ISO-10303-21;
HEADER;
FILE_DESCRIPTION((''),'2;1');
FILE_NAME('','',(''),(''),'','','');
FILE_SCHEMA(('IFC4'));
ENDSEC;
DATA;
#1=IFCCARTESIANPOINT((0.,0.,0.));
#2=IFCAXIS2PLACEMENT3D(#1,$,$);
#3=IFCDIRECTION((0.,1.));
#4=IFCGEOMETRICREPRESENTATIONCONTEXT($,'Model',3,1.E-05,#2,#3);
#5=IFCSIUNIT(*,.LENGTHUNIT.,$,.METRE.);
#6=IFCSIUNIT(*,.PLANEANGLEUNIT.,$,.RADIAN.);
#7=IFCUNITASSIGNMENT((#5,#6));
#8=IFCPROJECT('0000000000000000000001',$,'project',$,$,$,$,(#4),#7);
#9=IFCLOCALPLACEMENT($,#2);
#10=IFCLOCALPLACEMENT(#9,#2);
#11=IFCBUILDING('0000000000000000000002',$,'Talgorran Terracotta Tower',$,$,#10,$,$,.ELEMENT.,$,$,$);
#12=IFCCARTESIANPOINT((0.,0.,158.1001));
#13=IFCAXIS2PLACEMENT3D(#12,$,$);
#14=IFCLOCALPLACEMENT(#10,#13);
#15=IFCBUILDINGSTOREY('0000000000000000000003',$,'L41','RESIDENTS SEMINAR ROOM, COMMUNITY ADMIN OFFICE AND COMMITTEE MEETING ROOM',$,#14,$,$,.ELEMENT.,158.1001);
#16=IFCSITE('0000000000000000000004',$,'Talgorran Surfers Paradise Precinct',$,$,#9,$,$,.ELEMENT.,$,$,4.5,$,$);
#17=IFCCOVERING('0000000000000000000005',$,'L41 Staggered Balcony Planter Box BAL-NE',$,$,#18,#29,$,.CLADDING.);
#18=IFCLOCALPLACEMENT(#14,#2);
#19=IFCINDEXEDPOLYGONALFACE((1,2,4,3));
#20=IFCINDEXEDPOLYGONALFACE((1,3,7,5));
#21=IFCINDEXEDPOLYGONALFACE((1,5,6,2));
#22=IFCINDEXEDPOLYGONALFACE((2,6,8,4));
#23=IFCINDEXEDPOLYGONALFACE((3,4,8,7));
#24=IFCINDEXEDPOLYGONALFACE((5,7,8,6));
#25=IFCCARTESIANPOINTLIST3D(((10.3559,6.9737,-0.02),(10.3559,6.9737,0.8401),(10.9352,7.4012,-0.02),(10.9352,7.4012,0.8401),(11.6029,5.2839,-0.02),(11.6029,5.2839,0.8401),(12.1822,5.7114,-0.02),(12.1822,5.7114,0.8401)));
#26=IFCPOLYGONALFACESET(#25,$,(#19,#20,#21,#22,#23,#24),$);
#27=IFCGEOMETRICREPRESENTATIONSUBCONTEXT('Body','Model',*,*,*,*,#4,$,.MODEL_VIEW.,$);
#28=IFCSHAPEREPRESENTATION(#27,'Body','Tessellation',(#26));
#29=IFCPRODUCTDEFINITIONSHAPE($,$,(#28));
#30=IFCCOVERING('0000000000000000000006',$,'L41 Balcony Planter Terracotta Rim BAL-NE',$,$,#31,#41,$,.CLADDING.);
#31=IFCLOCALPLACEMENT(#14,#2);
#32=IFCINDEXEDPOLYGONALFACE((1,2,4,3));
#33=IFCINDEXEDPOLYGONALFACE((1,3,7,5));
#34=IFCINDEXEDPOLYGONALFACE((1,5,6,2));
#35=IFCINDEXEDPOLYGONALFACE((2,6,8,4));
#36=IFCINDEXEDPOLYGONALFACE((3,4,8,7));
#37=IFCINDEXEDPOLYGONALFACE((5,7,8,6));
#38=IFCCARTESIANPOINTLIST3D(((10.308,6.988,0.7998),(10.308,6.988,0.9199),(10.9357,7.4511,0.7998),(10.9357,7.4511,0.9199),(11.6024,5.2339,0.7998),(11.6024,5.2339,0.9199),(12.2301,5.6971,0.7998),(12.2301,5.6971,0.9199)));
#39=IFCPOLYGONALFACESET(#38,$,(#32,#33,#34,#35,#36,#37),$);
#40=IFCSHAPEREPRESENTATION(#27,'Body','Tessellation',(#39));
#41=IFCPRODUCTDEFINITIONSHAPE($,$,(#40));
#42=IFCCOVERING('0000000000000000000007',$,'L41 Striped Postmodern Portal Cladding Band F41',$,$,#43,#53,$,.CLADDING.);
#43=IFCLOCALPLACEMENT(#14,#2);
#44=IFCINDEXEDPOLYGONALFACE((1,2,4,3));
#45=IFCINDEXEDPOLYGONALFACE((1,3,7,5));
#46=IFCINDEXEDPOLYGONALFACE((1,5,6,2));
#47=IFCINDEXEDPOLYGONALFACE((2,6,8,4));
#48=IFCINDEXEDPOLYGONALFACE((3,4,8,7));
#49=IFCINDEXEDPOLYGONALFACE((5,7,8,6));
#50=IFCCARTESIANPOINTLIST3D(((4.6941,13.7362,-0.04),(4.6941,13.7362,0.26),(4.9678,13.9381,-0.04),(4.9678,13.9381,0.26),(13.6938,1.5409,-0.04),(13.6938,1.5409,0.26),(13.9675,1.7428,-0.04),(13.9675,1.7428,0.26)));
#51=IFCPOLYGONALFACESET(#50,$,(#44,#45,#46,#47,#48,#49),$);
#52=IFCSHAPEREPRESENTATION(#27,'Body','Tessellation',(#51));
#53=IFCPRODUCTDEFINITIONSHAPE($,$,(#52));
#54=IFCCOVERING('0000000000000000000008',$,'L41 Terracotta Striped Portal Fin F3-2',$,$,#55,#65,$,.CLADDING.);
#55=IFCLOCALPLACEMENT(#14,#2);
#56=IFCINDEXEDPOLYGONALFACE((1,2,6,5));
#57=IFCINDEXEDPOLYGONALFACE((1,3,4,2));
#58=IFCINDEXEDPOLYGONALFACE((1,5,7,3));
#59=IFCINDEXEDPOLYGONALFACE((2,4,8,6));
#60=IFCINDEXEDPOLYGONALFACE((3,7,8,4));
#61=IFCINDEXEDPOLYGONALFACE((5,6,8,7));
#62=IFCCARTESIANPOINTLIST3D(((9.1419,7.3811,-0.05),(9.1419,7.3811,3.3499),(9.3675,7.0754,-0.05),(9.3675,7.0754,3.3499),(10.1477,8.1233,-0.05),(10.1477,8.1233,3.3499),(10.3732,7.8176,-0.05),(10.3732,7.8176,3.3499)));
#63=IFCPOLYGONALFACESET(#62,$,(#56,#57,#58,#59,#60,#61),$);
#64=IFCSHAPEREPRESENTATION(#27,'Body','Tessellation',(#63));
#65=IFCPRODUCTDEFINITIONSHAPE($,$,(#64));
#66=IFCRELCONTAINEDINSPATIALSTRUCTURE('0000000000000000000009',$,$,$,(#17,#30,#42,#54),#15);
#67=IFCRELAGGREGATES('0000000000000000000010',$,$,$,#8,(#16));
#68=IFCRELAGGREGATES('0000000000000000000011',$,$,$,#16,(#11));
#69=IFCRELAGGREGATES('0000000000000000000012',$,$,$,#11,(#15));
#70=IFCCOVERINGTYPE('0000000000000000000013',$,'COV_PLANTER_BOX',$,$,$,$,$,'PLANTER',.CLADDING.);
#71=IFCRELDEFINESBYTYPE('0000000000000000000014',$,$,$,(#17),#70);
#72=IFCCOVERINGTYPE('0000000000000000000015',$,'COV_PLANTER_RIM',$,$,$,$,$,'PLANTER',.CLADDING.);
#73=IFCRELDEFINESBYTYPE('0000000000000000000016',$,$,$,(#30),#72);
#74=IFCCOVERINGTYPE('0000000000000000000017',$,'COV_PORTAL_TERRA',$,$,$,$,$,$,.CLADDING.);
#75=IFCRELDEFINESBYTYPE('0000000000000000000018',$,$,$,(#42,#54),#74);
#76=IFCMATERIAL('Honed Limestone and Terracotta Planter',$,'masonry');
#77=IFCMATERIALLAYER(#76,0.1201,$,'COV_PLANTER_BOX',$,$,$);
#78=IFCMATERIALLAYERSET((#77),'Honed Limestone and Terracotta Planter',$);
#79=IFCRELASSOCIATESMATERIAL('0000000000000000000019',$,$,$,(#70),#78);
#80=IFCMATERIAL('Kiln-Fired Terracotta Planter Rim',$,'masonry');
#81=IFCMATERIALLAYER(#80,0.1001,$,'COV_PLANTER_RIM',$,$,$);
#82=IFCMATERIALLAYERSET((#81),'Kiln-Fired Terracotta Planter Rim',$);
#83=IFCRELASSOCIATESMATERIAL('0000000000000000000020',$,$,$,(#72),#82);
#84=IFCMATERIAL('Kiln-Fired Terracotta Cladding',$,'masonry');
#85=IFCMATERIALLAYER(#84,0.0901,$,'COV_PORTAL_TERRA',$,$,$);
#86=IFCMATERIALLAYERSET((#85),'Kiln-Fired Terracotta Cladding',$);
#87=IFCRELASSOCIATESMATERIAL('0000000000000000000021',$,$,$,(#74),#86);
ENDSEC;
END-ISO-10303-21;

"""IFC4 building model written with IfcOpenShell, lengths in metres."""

from ifc_helpers import new_model, si_unit, direction, frame, origin, origin_2d, place, context, subcontext, project, spatial, rectangle, extrude, material, layer, layer_set, type_object, element, save


model = new_model("IFC4")

# Units and contexts
model_context = context("Model", 3, precision=1e-05, world=origin(), true_north=direction((0.0, 1.0)))
body_context = subcontext(model_context, "Body", "Model", "MODEL_VIEW")
ifc_project = project(units=[si_unit("LENGTHUNIT", "METRE"), si_unit("PLANEANGLEUNIT", "RADIAN")], contexts=[model_context])

# Site, building, storey
site_placement = place(None, origin())
site = spatial("IfcSite", under=ifc_project, at=site_placement, Name="Talgorran Surfers Paradise Precinct", CompositionType="ELEMENT", RefElevation=4.5)
building_placement = place(site_placement, origin())
building = spatial("IfcBuilding", under=site, at=building_placement, Name="Talgorran Terracotta Tower", CompositionType="ELEMENT")
storey_placement = place(building_placement, frame((0.0, 0.0, 158.1001)))
storey = spatial("IfcBuildingStorey", under=building, at=storey_placement, Name="L41", Description="RESIDENTS SEMINAR ROOM, COMMUNITY ADMIN OFFICE AND COMMITTEE MEETING ROOM", CompositionType="ELEMENT", Elevation=158.1001)

# Coverings
ifc_material_1 = material(Name="Honed Limestone and Terracotta Planter", Category="masonry")
ifc_layer_1 = layer(ifc_material_1, 0.1201, Name="COV_PLANTER_BOX")
ifc_layer_set_1 = layer_set([ifc_layer_1], Name="Honed Limestone and Terracotta Planter")
covering_type_1 = type_object("IfcCoveringType", Name="COV_PLANTER_BOX", ElementType="PLANTER", PredefinedType="CLADDING", material=ifc_layer_set_1)
covering_1_placement = place(storey_placement, frame((11.269, 6.3425, -0.02), z_axis=(0.0, 0.0, 1.0), x_axis=(-0.593784, 0.804624, 0.0)))
element("IfcCovering", 1, at=covering_1_placement, inside=storey, type_object=covering_type_1, Name="L41 Staggered Balcony Planter Box BAL-NE", PredefinedType="CLADDING", context=body_context, shape_type="SweptSolid", body=[
    extrude(rectangle(XDim=2.1001, YDim=0.72, at=origin_2d()), origin(), (0.0, 0.0, 1.0), 0.8601),
])
ifc_material_2 = material(Name="Kiln-Fired Terracotta Planter Rim", Category="masonry")
ifc_layer_2 = layer(ifc_material_2, 0.1001, Name="COV_PLANTER_RIM")
ifc_layer_set_2 = layer_set([ifc_layer_2], Name="Kiln-Fired Terracotta Planter Rim")
covering_type_2 = type_object("IfcCoveringType", Name="COV_PLANTER_RIM", ElementType="PLANTER", PredefinedType="CLADDING", material=ifc_layer_set_2)
covering_2_placement = place(storey_placement, frame((11.269, 6.3425, 0.7998), z_axis=(0.0, 0.0, 1.0), x_axis=(-0.593784, 0.804624, 0.0)))
element("IfcCovering", 2, at=covering_2_placement, inside=storey, type_object=covering_type_2, Name="L41 Balcony Planter Terracotta Rim BAL-NE", PredefinedType="CLADDING", context=body_context, shape_type="SweptSolid", body=[
    extrude(rectangle(XDim=2.1799, YDim=0.78, at=origin_2d()), origin(), (0.0, 0.0, 1.0), 0.1201),
])
ifc_material_3 = material(Name="Kiln-Fired Terracotta Cladding", Category="masonry")
ifc_layer_3 = layer(ifc_material_3, 0.0901, Name="COV_PORTAL_TERRA")
ifc_layer_set_3 = layer_set([ifc_layer_3], Name="Kiln-Fired Terracotta Cladding")
covering_type_3 = type_object("IfcCoveringType", Name="COV_PORTAL_TERRA", PredefinedType="CLADDING", material=ifc_layer_set_3)
covering_3_placement = place(storey_placement, frame((9.3308, 7.7395, -0.04), z_axis=(0.0, 0.0, 1.0), x_axis=(-0.593784, 0.804624, 0.0)))
element("IfcCovering", 3, at=covering_3_placement, inside=storey, type_object=covering_type_3, Name="L41 Striped Postmodern Portal Cladding Band F41", PredefinedType="CLADDING", context=body_context, shape_type="SweptSolid", body=[
    extrude(rectangle(XDim=15.1565, YDim=0.3401, at=origin_2d()), origin(), (0.0, 0.0, 1.0), 0.3),
])
covering_4_placement = place(storey_placement, frame((9.7576, 7.5994, -0.05), z_axis=(0.0, 0.0, 1.0), x_axis=(-0.593784, 0.804624, 0.0)))
element("IfcCovering", 4, at=covering_4_placement, inside=storey, type_object=covering_type_3, Name="L41 Terracotta Striped Portal Fin F3-2", PredefinedType="CLADDING", context=body_context, shape_type="SweptSolid", body=[
    extrude(rectangle(XDim=0.3799, YDim=1.25, at=origin_2d()), origin(), (0.0, 0.0, 1.0), 3.3999),
])

save(model, "model.ifc")
